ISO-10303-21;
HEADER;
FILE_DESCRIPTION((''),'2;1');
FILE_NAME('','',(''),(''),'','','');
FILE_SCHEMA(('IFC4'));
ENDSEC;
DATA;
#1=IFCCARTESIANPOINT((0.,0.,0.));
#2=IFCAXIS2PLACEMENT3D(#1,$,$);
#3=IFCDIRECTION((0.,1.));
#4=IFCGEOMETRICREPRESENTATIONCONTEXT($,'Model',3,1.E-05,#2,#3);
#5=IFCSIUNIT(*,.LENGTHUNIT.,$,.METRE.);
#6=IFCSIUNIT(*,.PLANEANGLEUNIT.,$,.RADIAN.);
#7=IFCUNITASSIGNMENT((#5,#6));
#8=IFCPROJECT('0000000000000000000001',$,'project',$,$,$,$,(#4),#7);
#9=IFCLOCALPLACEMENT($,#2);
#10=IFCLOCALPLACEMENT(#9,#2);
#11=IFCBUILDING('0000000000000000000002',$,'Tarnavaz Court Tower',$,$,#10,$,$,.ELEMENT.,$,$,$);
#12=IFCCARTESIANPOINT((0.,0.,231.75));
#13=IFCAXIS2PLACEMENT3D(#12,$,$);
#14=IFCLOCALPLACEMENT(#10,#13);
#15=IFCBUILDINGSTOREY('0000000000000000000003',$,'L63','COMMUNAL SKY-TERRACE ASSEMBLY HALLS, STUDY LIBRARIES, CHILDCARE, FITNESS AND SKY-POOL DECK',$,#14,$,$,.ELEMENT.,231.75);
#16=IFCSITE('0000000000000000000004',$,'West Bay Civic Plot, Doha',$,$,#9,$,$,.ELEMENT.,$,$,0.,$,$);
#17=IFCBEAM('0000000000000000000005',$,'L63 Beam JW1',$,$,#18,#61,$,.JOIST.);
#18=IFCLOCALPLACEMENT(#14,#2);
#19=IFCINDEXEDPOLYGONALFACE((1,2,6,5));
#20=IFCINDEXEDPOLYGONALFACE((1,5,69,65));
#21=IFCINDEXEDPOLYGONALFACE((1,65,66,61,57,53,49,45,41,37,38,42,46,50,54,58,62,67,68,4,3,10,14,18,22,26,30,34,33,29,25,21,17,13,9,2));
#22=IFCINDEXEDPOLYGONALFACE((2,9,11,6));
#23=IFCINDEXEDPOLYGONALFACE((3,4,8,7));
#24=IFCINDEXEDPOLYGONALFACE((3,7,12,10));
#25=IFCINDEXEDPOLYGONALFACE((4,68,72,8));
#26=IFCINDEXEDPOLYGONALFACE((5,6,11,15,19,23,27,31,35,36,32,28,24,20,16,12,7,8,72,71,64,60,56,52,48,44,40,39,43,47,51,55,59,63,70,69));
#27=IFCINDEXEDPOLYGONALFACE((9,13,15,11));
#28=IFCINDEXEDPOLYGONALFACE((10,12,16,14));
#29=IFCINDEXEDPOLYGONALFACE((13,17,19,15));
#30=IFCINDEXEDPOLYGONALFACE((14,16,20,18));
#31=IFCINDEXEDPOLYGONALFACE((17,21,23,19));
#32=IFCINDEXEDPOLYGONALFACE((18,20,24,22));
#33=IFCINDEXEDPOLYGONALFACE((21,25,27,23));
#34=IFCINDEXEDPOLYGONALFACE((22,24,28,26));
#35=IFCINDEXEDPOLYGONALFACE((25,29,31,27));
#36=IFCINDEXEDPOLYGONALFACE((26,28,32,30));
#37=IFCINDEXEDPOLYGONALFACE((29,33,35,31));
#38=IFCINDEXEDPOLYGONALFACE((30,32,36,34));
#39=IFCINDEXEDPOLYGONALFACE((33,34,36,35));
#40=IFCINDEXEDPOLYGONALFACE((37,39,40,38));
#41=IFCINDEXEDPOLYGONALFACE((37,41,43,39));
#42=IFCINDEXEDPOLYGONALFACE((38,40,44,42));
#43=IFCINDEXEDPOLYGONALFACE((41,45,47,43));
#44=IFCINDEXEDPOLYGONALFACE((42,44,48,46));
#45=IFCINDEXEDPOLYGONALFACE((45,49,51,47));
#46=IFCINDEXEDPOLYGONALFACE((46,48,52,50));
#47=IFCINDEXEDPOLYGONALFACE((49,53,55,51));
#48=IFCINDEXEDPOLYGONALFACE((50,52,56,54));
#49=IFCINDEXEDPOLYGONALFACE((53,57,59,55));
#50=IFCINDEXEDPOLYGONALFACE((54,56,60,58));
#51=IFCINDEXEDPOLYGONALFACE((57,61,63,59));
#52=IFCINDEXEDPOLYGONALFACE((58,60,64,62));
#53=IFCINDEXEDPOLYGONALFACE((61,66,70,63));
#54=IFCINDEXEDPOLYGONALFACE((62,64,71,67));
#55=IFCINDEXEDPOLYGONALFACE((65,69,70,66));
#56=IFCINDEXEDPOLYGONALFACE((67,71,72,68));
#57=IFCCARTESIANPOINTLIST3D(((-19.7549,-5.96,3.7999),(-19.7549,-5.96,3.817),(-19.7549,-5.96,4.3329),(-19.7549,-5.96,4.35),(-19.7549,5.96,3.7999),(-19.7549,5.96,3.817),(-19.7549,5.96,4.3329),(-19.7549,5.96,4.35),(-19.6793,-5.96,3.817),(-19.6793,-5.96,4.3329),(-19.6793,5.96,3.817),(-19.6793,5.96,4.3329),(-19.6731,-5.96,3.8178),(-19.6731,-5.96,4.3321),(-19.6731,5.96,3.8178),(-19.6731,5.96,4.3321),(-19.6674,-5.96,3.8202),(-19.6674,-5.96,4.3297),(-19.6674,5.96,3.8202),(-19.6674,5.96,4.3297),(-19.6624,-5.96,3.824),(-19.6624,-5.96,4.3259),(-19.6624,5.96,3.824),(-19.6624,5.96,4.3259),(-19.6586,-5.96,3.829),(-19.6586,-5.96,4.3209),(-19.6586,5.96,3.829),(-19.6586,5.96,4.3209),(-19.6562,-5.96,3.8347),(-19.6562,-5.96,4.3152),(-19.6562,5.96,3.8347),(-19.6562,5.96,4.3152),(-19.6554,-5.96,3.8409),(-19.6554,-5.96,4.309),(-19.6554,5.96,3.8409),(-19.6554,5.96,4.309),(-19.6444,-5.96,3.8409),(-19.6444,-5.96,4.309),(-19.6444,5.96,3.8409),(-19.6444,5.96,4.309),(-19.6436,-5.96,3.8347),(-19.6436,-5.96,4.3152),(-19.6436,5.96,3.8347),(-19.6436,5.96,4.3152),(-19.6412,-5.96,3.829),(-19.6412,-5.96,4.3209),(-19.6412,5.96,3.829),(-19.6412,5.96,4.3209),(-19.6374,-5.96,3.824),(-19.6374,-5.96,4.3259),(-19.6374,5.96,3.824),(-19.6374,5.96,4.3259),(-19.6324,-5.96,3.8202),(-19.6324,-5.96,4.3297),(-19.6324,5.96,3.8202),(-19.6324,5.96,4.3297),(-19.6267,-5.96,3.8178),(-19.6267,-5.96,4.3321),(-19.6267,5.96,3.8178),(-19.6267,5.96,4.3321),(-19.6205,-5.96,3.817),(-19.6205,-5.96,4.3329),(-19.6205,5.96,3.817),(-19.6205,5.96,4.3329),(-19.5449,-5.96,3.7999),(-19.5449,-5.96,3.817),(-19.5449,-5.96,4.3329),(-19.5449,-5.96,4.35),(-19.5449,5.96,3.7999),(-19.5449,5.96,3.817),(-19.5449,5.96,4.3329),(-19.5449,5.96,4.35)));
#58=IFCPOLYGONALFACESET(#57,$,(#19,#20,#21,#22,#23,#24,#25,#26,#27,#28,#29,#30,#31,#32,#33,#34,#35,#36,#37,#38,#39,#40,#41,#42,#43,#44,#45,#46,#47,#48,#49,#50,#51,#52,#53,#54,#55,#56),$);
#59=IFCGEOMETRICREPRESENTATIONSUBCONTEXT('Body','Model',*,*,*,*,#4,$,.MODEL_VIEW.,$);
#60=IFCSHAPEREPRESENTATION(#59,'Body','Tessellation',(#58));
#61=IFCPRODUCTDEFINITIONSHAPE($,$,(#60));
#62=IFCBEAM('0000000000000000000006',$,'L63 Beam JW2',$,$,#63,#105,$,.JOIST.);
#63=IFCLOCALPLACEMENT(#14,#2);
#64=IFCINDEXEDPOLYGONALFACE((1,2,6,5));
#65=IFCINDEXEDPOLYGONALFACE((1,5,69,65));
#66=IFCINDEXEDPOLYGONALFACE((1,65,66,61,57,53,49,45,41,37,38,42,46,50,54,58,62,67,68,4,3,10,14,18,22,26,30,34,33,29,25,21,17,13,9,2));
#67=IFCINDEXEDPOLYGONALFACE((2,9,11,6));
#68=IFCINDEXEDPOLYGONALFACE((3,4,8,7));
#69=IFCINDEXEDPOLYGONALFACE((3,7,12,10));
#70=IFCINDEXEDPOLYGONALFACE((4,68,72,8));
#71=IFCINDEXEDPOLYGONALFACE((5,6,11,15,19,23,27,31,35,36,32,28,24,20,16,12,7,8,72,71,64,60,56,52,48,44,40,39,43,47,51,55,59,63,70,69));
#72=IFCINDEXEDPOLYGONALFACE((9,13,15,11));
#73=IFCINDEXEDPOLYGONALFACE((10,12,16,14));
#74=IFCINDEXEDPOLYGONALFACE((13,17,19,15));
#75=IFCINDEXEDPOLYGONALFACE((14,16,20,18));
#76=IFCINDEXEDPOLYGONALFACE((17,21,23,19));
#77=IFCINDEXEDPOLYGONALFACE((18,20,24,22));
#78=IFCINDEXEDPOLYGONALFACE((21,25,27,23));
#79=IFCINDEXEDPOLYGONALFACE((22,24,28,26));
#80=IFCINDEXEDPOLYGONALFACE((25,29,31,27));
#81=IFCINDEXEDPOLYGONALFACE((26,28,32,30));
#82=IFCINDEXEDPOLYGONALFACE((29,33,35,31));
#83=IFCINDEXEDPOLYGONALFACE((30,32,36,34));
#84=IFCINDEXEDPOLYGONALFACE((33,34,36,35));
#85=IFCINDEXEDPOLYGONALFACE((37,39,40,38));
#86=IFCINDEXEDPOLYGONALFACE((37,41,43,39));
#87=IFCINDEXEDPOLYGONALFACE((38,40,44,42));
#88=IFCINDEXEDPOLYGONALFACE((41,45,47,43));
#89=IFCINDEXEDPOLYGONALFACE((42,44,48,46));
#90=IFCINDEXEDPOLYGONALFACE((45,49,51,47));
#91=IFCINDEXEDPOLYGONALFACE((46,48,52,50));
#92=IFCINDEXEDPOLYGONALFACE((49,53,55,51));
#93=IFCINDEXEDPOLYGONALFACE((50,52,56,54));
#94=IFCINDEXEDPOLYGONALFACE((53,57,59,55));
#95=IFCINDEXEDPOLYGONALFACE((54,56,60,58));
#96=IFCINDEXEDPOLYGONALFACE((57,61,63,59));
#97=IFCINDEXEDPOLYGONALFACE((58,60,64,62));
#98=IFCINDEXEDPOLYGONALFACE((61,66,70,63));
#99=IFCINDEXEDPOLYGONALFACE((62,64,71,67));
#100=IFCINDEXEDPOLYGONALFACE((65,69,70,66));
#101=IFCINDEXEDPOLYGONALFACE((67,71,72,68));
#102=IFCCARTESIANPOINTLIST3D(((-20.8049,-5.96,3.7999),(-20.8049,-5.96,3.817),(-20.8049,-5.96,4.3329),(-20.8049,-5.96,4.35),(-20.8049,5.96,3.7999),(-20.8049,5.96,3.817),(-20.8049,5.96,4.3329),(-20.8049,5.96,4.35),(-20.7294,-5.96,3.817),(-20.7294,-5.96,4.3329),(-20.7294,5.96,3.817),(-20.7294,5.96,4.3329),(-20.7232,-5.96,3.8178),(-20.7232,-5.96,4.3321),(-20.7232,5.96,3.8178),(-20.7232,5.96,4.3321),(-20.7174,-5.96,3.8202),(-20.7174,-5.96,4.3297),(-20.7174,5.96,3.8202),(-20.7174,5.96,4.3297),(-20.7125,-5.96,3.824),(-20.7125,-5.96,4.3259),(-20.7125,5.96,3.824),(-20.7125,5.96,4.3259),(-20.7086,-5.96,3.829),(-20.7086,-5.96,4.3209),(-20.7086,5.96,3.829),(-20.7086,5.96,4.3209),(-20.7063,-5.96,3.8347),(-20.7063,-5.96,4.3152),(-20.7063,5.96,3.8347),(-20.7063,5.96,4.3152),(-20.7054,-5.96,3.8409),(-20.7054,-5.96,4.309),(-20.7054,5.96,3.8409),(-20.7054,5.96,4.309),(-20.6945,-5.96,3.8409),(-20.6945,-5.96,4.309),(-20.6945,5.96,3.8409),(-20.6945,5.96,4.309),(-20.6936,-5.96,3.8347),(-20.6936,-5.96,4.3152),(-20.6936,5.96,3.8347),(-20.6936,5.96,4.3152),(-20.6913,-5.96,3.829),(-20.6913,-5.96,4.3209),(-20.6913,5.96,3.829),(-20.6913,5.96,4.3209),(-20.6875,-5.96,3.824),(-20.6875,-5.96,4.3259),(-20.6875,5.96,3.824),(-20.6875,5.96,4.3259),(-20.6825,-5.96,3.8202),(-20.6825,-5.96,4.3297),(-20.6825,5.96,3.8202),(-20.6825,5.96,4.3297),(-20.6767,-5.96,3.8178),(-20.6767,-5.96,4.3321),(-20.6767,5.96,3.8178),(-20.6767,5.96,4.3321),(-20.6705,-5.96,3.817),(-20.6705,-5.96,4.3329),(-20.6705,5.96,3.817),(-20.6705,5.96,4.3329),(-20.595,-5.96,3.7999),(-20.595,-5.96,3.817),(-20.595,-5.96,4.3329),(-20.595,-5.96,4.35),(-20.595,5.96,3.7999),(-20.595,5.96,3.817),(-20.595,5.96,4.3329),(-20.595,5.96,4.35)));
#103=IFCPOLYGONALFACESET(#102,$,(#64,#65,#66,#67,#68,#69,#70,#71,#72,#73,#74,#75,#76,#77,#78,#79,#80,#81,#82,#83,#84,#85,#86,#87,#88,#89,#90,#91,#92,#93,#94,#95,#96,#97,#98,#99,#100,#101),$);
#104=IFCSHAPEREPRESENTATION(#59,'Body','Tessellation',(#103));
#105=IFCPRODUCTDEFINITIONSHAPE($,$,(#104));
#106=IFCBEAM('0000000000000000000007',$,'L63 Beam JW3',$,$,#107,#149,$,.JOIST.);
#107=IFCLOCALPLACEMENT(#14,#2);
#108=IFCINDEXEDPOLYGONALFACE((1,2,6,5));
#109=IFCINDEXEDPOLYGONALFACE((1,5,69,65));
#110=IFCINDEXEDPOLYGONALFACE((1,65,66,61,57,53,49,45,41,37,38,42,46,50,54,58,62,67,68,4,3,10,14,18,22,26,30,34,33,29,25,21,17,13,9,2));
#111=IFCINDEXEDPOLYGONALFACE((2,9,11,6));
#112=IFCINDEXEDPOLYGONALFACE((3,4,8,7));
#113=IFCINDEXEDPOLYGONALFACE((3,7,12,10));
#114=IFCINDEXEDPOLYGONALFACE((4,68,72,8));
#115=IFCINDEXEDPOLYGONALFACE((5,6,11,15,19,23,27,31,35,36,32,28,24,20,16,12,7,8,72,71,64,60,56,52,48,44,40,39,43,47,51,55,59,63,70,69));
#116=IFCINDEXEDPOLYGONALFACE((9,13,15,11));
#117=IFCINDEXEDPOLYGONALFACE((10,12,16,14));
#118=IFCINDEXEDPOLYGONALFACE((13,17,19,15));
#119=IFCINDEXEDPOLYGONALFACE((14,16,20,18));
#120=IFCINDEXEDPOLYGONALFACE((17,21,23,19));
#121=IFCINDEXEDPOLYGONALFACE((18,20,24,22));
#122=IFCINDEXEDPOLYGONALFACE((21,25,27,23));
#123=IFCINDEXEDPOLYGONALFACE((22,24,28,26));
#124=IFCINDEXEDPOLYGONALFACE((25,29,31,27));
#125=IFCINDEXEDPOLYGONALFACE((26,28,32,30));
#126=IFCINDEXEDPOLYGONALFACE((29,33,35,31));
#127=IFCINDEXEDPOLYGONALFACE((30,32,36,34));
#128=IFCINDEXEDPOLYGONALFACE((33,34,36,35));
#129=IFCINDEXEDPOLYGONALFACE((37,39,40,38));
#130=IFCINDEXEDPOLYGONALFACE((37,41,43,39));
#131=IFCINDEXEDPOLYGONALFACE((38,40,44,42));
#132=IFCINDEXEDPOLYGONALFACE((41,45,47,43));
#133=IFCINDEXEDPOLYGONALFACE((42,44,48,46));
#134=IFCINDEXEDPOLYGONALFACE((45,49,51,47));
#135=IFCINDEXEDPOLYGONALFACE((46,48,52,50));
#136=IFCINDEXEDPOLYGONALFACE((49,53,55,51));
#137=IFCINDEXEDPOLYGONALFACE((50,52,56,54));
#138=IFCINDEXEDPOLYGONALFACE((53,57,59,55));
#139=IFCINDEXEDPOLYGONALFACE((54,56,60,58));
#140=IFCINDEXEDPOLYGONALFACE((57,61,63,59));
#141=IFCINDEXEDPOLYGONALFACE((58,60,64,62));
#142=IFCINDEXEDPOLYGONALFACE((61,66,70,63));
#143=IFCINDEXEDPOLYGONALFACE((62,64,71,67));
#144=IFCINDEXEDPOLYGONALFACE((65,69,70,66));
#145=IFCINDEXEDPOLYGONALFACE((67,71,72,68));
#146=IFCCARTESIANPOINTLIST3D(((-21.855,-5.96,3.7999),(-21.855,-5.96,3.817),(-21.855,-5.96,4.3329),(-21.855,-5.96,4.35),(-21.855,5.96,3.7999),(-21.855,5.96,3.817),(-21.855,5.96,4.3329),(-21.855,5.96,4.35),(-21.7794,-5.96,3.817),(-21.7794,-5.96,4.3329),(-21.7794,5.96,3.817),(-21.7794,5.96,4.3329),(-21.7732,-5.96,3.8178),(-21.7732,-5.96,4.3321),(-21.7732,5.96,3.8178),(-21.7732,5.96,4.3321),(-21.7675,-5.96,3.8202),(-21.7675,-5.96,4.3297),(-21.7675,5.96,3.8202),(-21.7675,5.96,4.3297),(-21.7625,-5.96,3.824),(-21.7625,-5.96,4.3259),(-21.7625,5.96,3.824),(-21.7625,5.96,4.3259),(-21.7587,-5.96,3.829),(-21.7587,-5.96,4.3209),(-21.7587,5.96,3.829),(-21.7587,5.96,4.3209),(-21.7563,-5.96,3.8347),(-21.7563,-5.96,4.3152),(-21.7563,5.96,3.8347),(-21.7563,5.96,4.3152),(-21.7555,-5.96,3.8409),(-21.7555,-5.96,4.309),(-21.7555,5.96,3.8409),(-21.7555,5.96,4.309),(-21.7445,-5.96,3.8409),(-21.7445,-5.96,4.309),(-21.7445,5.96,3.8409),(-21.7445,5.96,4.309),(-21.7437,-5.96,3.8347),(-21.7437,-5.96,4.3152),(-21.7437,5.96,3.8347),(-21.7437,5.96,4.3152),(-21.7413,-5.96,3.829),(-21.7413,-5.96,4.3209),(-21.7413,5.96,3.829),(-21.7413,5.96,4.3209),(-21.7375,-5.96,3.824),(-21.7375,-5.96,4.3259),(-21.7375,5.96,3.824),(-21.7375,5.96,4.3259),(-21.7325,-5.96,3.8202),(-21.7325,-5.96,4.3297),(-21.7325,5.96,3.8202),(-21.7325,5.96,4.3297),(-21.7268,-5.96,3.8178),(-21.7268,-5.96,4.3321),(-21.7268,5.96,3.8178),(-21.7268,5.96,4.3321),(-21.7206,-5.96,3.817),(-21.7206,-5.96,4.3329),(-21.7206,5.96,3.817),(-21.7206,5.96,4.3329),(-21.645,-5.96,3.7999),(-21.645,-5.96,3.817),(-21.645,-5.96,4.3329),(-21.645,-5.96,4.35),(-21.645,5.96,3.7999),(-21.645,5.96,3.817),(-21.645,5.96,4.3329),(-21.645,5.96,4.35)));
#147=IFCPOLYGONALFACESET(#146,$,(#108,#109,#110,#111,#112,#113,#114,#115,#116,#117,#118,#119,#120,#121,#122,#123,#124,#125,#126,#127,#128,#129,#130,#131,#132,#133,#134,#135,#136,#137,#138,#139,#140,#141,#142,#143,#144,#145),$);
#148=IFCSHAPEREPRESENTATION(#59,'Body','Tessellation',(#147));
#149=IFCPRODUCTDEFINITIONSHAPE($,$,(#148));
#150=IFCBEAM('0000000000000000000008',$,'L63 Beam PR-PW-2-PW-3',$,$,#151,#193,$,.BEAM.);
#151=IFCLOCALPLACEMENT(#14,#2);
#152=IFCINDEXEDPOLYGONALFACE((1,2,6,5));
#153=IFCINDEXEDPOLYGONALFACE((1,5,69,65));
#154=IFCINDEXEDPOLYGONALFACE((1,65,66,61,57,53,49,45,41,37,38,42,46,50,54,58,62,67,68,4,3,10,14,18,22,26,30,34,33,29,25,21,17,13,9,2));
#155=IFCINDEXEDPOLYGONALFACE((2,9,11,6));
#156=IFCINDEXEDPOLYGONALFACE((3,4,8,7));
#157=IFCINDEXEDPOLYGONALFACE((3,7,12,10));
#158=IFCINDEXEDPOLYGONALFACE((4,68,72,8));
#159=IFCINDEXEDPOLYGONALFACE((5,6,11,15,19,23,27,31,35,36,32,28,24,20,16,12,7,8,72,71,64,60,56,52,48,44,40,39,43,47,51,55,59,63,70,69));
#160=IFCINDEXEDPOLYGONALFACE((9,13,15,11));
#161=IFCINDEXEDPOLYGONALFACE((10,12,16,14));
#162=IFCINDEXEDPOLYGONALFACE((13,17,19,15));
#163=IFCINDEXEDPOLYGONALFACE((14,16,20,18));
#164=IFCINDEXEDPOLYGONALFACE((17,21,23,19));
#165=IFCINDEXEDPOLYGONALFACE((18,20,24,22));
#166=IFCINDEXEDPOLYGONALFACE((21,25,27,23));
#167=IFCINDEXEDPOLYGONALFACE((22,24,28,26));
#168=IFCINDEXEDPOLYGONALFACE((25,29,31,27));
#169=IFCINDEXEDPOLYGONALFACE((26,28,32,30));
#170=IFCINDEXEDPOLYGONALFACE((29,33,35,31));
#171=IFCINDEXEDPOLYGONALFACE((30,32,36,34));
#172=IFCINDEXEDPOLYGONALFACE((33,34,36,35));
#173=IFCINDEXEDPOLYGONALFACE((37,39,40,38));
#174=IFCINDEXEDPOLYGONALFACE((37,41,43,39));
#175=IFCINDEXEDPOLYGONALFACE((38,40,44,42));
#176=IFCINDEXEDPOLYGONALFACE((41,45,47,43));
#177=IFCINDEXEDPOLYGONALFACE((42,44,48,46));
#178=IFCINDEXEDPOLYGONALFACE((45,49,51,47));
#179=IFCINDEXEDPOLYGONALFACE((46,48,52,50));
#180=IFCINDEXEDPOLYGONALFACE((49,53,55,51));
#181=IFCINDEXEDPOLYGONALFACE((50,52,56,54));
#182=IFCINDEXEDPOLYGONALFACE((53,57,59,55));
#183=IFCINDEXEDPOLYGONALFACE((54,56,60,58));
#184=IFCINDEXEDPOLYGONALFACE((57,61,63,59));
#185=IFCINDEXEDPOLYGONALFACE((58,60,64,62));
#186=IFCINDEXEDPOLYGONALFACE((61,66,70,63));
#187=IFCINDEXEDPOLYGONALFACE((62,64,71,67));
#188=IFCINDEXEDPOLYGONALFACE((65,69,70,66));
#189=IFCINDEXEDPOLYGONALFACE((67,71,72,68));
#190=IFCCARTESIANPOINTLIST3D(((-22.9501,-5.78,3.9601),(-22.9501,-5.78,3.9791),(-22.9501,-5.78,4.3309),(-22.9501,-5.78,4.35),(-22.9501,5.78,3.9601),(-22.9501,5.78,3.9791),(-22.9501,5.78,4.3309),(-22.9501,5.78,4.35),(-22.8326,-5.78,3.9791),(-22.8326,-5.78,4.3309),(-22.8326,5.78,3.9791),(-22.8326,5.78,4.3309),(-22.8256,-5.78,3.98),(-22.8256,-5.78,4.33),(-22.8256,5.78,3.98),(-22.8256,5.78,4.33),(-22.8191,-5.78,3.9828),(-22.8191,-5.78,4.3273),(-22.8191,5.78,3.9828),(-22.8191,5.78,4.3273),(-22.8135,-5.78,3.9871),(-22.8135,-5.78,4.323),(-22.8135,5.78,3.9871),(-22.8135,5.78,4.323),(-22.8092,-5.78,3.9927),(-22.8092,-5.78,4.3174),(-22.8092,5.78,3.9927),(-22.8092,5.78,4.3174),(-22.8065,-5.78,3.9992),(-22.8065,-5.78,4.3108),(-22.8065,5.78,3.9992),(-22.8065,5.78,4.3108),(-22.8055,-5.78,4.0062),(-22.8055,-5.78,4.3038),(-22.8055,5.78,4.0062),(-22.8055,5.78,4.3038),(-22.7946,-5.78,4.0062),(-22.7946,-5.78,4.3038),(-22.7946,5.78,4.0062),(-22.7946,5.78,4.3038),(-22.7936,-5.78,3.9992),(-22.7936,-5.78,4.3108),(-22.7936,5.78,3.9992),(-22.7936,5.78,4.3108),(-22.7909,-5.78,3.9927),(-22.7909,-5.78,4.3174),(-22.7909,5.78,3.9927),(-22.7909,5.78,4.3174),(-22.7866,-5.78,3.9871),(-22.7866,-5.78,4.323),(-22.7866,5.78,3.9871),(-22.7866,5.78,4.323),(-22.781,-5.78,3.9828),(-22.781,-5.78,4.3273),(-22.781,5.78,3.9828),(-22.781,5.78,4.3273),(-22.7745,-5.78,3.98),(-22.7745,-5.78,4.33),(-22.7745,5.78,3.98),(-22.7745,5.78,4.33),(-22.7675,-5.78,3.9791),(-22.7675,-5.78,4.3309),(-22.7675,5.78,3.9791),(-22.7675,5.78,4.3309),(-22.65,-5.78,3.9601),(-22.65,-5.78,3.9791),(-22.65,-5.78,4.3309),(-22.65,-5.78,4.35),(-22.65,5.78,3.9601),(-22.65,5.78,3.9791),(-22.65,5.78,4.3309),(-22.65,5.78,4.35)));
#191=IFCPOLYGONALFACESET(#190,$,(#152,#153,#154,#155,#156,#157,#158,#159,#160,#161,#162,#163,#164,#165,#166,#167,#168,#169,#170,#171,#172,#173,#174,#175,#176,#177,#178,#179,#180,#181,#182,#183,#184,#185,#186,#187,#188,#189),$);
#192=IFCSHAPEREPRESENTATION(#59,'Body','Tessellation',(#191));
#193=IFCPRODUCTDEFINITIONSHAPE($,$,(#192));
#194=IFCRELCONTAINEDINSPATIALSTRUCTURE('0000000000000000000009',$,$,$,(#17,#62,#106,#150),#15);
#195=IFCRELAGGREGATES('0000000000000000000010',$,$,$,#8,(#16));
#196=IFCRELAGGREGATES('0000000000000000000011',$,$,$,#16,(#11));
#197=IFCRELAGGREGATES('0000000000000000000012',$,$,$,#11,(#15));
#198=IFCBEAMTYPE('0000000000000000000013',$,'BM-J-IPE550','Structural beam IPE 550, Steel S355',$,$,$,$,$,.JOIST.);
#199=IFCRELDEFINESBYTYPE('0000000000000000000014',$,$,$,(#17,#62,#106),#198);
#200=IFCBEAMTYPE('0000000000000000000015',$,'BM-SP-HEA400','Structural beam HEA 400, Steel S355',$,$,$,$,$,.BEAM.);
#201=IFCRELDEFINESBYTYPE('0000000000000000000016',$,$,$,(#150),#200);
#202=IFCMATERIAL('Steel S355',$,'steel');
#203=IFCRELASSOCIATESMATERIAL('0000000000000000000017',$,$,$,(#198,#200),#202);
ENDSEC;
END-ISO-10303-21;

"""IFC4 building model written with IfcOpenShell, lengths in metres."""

from ifc_helpers import new_model, si_unit, direction, frame, origin, origin_2d, place, context, subcontext, project, spatial, i_section, extrude, material, material_profile, profile_set, type_object, element, save


model = new_model("IFC4")

# Units and contexts
model_context = context("Model", 3, precision=1e-05, world=origin(), true_north=direction((0.0, 1.0)))
body_context = subcontext(model_context, "Body", "Model", "MODEL_VIEW")
ifc_project = project(units=[si_unit("LENGTHUNIT", "METRE"), si_unit("PLANEANGLEUNIT", "RADIAN")], contexts=[model_context])

# Site, building, storey
site_placement = place(None, origin())
site = spatial("IfcSite", under=ifc_project, at=site_placement, Name="West Bay Civic Plot, Doha", CompositionType="ELEMENT", RefElevation=0.0)
building_placement = place(site_placement, origin())
building = spatial("IfcBuilding", under=site, at=building_placement, Name="Tarnavaz Court Tower", CompositionType="ELEMENT")
storey_placement = place(building_placement, frame((0.0, 0.0, 231.75)))
storey = spatial("IfcBuildingStorey", under=building, at=storey_placement, Name="L63", Description="COMMUNAL SKY-TERRACE ASSEMBLY HALLS, STUDY LIBRARIES, CHILDCARE, FITNESS AND SKY-POOL DECK", CompositionType="ELEMENT", Elevation=231.75)

# Beams
ifc_material_1 = material(Name="Steel S355", Category="steel")
ifc_material_profile_1 = material_profile(ifc_material_1, i_section(OverallWidth=0.21, OverallDepth=0.55, WebThickness=0.011, FlangeThickness=0.0171, FilletRadius=0.0239, at=origin_2d()), Name="IPE 550")
ifc_profile_set_1 = profile_set([ifc_material_profile_1], Name="Steel S355")
beam_type_1 = type_object("IfcBeamType", Name="BM-J-IPE550", Description="Structural beam IPE 550, Steel S355", PredefinedType="JOIST", material=ifc_profile_set_1)
for number, where, z_axis, x_axis, name in (
    (1, (-19.6499, -5.96, 4.075), (0.0, 1.0, 0.0), (-1.0, 0.0, 0.0), "L63 Beam JW1"),
    (2, (-20.7, -5.96, 4.075), (0.0, 1.0, 0.0), (-1.0, 0.0, 0.0), "L63 Beam JW2"),
    (3, (-21.75, -5.96, 4.075), (0.0, 1.0, 0.0), (-1.0, 0.0, 0.0), "L63 Beam JW3"),
):
    element("IfcBeam", number, at=place(storey_placement, frame(where, z_axis=z_axis, x_axis=x_axis)), inside=storey, type_object=beam_type_1, Name=name, PredefinedType="JOIST", context=body_context, shape_type="SweptSolid", body=[
        extrude(i_section(OverallWidth=0.21, OverallDepth=0.55, WebThickness=0.011, FlangeThickness=0.0171, FilletRadius=0.0239, at=origin_2d()), origin(), (0.0, 0.0, 1.0), 11.9199),
    ])
ifc_material_profile_2 = material_profile(ifc_material_1, i_section(OverallWidth=0.3, OverallDepth=0.3899, WebThickness=0.011, FlangeThickness=0.019, FilletRadius=0.0271, at=origin_2d()), Name="HEA 400")
ifc_profile_set_2 = profile_set([ifc_material_profile_2], Name="Steel S355")
beam_type_2 = type_object("IfcBeamType", Name="BM-SP-HEA400", Description="Structural beam HEA 400, Steel S355", PredefinedType="BEAM", material=ifc_profile_set_2)
beam_1_placement = place(storey_placement, frame((-22.8, -5.78, 4.155), z_axis=(0.0, 1.0, 0.0), x_axis=(-1.0, 0.0, 0.0)))
element("IfcBeam", 4, at=beam_1_placement, inside=storey, type_object=beam_type_2, Name="L63 Beam PR-PW-2-PW-3", PredefinedType="BEAM", context=body_context, shape_type="SweptSolid", body=[
    extrude(i_section(OverallWidth=0.3, OverallDepth=0.3899, WebThickness=0.011, FlangeThickness=0.019, FilletRadius=0.0271, at=origin_2d()), origin(), (0.0, 0.0, 1.0), 11.5601),
])

save(model, "model.ifc")
